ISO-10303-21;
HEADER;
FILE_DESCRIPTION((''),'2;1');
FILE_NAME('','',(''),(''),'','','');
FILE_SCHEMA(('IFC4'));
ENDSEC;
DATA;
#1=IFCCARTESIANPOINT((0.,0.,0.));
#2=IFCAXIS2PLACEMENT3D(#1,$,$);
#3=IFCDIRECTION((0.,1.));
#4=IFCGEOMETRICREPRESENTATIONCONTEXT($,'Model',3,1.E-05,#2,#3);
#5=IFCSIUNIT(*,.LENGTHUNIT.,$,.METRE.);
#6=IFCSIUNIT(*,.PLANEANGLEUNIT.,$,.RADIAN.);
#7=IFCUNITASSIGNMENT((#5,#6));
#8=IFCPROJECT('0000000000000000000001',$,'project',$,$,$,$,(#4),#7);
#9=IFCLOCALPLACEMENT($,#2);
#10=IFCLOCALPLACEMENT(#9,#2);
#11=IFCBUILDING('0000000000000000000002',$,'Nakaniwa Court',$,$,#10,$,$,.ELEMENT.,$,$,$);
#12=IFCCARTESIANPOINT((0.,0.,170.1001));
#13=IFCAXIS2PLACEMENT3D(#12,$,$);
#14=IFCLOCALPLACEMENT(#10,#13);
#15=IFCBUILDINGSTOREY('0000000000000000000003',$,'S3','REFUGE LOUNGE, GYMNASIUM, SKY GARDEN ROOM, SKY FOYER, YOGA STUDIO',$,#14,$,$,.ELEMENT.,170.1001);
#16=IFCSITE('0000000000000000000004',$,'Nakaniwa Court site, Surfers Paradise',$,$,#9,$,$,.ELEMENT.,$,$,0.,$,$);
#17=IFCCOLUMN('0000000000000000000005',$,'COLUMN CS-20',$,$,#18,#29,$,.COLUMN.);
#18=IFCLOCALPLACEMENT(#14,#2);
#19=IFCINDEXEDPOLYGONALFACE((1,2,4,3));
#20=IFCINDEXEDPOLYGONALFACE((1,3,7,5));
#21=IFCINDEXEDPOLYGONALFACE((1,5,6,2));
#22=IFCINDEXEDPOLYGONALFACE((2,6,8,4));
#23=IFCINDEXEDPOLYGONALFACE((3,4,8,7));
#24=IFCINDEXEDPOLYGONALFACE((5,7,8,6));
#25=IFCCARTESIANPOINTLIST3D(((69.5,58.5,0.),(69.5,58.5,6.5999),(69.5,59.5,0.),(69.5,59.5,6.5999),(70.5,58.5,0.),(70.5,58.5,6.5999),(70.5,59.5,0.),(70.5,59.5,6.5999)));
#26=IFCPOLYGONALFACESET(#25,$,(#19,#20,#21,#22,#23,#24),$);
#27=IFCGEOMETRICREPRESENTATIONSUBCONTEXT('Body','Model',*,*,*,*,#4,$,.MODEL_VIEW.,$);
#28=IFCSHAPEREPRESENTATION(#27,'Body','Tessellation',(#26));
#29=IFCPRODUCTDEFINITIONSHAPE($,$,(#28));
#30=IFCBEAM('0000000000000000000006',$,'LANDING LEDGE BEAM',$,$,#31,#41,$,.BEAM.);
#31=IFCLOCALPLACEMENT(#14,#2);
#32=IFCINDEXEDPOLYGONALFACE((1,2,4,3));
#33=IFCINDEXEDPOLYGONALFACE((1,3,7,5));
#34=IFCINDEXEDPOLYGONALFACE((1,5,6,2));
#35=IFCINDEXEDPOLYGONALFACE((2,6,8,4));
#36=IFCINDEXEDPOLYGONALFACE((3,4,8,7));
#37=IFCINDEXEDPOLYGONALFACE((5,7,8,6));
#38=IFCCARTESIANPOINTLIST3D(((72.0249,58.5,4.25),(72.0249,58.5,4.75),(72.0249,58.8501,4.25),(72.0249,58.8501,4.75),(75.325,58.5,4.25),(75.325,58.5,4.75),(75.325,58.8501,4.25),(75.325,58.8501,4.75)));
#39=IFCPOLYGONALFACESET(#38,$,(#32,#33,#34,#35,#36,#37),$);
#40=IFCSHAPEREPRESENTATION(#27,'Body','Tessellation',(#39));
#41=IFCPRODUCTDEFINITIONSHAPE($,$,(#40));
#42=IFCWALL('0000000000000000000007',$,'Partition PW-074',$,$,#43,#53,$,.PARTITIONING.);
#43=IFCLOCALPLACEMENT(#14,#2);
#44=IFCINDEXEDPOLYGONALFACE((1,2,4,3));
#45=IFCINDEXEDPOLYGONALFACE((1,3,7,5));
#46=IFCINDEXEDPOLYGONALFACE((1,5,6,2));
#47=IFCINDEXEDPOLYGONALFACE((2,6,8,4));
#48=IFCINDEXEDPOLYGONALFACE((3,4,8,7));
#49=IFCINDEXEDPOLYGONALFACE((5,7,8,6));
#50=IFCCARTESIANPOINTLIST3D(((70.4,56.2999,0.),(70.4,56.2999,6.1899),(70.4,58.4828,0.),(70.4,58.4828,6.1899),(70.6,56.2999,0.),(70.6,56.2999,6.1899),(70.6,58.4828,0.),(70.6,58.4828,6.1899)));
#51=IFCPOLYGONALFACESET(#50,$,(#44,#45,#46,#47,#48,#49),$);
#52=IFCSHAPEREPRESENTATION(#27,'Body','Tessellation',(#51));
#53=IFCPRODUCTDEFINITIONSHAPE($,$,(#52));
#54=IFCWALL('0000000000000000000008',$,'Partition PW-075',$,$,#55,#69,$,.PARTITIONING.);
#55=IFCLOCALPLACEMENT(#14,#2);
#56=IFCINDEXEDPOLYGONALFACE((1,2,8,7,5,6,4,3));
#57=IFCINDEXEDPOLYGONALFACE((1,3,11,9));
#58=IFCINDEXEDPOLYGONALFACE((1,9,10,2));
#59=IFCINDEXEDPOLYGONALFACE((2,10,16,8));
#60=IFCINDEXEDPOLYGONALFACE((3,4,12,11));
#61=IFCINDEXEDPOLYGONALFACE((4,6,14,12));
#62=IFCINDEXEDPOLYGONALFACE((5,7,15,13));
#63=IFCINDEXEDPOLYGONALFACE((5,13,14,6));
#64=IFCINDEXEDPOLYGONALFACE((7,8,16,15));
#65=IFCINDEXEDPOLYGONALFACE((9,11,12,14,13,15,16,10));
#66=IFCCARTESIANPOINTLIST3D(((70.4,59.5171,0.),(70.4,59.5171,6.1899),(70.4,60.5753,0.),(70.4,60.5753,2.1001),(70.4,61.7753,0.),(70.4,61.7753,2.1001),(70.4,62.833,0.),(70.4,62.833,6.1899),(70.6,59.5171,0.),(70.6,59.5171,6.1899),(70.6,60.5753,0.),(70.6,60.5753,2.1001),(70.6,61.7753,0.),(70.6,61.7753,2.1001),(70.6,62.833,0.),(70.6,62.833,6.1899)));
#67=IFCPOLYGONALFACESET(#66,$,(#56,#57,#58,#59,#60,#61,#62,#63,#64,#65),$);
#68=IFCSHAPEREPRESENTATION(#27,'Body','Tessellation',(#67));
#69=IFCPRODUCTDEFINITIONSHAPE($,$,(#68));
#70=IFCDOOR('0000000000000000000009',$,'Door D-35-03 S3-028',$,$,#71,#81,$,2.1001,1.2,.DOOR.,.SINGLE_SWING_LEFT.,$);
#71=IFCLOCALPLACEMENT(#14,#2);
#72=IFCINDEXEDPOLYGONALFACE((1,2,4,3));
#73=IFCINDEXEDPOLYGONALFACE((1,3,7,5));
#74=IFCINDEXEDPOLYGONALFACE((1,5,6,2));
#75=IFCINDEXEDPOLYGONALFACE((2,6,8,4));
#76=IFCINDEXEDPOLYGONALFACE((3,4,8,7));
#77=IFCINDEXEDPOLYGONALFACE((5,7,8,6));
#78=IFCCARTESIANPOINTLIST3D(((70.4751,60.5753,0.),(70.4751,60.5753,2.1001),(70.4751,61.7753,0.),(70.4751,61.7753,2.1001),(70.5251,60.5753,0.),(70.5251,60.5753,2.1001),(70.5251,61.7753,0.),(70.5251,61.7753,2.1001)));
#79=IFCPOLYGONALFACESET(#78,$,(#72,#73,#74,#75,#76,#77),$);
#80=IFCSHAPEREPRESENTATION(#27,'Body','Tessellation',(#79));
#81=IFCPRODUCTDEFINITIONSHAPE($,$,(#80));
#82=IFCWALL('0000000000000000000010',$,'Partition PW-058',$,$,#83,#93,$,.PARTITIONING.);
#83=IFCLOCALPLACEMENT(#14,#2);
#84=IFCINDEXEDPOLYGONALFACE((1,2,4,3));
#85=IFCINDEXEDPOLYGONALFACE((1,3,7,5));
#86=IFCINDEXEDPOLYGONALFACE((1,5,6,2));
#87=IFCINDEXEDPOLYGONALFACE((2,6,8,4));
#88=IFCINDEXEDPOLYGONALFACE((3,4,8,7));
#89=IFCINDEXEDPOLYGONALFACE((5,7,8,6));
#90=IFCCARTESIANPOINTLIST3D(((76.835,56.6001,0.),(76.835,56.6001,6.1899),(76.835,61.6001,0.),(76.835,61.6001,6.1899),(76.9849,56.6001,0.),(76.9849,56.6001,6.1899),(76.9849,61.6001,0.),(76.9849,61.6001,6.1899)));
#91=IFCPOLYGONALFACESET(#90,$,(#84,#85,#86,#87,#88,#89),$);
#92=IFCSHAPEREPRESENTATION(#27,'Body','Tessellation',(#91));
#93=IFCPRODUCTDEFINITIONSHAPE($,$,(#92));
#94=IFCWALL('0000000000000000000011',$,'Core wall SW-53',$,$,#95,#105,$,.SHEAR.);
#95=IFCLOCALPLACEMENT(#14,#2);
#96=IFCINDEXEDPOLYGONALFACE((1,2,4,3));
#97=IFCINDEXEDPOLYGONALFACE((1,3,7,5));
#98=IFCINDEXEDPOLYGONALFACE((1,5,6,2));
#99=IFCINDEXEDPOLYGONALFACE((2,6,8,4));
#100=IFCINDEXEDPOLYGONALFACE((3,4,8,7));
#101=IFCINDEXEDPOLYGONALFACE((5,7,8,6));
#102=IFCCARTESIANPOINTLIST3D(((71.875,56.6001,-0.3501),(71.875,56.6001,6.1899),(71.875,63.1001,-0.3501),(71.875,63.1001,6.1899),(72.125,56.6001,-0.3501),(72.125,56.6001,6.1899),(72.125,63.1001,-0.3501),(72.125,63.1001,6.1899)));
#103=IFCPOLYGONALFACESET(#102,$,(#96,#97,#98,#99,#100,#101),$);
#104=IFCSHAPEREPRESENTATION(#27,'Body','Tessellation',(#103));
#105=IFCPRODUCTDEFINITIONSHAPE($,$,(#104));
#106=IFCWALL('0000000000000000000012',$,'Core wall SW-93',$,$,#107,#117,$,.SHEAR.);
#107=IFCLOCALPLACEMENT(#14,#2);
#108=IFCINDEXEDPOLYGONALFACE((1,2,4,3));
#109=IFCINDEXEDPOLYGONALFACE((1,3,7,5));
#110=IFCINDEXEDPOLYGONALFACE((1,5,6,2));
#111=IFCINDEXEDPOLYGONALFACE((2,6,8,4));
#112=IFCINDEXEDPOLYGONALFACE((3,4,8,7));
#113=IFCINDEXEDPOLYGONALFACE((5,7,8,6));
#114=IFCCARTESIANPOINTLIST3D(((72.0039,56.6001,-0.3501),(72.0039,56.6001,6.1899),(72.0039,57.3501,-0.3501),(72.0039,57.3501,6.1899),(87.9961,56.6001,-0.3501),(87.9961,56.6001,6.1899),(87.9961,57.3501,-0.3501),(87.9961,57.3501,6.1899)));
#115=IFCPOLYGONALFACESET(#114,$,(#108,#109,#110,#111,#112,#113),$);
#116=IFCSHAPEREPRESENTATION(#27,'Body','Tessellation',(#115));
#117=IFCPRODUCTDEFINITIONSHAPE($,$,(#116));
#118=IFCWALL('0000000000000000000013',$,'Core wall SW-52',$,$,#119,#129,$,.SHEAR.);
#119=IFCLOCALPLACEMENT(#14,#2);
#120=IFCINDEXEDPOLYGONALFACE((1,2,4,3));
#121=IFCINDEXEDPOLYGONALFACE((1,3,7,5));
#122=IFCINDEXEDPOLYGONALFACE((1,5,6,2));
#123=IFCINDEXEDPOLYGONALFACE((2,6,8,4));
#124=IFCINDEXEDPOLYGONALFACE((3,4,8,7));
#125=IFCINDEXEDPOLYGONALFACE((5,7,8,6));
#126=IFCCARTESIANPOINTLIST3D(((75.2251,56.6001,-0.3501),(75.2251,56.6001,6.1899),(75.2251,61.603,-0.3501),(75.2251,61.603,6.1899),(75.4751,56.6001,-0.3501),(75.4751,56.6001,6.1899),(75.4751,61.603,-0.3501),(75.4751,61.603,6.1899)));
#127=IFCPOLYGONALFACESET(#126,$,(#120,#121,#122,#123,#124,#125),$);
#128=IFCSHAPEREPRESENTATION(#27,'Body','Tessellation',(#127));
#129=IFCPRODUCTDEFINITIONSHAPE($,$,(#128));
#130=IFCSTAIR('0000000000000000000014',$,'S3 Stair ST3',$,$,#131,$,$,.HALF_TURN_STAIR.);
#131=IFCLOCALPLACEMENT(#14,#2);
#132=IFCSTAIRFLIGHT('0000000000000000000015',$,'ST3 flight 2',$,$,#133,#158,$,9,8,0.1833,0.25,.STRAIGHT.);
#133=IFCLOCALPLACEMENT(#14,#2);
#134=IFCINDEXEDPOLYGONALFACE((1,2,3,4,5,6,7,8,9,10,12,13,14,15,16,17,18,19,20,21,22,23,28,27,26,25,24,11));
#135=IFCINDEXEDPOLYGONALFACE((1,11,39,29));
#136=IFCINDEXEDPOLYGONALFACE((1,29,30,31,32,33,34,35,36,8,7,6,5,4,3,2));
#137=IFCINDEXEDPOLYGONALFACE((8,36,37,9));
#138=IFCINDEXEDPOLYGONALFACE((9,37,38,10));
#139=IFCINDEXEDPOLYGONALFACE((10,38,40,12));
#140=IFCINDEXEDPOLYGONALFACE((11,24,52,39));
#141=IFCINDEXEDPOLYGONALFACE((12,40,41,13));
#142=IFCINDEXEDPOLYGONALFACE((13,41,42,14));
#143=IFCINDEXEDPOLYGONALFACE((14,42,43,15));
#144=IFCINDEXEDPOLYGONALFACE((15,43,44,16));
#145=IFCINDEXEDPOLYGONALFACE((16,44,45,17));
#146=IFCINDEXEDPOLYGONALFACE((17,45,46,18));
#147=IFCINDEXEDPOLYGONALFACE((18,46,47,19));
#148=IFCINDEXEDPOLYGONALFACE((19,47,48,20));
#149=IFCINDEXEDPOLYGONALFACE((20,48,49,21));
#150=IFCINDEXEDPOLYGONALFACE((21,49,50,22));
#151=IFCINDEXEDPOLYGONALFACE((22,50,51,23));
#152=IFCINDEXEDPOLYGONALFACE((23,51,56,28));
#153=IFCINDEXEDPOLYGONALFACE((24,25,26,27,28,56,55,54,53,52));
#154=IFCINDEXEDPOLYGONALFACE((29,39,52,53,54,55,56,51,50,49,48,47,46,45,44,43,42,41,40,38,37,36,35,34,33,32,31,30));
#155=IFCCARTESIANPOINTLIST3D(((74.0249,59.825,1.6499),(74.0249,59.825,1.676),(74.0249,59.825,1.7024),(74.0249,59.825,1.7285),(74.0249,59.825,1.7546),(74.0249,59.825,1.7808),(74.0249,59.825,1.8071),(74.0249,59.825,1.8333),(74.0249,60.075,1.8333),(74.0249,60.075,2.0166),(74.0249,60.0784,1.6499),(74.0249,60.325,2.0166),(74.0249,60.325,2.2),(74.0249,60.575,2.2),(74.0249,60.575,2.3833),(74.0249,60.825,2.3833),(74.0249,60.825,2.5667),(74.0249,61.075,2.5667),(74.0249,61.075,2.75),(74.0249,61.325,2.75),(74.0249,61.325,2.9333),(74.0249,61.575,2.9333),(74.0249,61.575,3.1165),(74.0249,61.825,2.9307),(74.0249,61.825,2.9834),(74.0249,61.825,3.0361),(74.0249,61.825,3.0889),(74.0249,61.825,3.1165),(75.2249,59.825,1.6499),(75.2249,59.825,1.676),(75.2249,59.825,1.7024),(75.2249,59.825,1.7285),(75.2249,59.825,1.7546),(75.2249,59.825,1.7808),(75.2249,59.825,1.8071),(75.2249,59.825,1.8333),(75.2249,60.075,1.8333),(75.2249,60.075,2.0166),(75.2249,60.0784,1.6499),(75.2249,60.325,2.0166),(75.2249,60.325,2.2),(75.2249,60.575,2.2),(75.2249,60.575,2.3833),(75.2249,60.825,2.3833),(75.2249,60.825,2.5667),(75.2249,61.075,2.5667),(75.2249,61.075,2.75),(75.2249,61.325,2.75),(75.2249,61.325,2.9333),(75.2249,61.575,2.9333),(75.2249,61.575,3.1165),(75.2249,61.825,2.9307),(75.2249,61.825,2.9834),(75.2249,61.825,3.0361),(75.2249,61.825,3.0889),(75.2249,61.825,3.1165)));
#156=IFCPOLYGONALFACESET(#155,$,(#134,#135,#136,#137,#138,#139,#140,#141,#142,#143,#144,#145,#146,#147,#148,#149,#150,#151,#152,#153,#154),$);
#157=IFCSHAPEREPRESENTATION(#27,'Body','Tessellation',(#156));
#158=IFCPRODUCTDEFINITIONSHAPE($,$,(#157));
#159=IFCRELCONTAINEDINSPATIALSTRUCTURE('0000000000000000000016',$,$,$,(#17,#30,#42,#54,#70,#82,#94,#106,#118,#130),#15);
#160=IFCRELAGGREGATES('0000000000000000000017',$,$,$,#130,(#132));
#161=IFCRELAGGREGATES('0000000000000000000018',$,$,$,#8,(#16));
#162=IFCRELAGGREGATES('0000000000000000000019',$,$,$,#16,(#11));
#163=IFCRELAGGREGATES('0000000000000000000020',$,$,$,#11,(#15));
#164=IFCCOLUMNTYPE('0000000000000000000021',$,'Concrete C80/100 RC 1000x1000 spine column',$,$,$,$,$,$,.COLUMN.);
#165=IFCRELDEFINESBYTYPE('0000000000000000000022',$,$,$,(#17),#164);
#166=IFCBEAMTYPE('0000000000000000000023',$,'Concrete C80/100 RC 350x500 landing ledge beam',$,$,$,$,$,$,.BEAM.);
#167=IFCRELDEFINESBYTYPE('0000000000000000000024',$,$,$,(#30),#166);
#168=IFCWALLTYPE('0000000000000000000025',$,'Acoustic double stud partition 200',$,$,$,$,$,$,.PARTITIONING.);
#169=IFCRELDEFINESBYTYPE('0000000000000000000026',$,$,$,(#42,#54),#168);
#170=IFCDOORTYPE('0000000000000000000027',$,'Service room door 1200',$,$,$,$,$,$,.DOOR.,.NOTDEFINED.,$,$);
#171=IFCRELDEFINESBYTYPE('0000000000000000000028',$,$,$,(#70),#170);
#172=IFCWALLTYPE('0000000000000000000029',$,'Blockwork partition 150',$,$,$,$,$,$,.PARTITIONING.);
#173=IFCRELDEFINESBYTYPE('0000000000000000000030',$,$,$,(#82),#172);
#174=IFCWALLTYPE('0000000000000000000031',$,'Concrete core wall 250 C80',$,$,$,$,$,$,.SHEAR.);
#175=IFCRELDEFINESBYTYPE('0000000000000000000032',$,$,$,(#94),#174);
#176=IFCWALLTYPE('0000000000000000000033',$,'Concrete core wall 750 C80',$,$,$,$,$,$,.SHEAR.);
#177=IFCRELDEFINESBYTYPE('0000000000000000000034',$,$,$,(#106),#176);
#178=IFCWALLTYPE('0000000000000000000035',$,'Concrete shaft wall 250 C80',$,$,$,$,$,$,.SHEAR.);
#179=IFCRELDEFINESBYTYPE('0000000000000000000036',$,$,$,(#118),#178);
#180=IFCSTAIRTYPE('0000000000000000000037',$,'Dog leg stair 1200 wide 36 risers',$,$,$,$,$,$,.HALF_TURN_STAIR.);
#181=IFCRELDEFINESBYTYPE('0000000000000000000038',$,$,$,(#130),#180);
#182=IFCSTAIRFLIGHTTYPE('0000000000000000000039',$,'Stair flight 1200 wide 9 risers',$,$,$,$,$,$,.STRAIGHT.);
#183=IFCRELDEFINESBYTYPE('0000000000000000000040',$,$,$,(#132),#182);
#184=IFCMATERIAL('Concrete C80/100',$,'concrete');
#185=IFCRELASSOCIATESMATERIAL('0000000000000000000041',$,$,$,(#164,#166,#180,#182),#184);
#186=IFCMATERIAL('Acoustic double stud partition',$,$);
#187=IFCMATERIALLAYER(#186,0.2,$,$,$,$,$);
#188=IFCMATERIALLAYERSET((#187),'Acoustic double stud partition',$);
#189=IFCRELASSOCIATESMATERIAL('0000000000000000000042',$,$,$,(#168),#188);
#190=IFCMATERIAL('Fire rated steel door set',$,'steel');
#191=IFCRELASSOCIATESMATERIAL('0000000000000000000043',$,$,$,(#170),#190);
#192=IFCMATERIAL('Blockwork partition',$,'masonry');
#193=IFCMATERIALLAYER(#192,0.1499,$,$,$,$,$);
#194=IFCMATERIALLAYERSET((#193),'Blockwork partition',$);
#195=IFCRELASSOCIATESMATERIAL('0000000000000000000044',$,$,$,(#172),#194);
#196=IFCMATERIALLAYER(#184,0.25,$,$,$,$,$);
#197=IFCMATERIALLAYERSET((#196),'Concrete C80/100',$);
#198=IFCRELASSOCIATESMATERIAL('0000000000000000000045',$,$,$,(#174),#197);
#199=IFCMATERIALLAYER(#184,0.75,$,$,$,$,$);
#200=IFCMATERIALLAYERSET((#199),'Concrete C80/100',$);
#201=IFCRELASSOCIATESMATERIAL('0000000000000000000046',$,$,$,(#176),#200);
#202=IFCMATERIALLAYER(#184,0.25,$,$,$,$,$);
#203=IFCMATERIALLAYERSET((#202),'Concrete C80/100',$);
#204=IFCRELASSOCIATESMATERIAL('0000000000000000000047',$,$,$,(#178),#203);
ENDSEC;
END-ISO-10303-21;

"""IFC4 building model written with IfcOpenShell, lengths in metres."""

from ifc_helpers import new_model, si_unit, direction, frame, frame_2d, origin, origin_2d, place, context, subcontext, project, spatial, polyline, rectangle, outline, extrude, material, layer, layer_set, material_profile, profile_set, type_object, element, fill, aggregate, save


model = new_model("IFC4")

# Units and contexts
model_context = context("Model", 3, precision=1e-05, world=origin(), true_north=direction((0.0, 1.0)))
body_context = subcontext(model_context, "Body", "Model", "MODEL_VIEW")
ifc_project = project(units=[si_unit("LENGTHUNIT", "METRE"), si_unit("PLANEANGLEUNIT", "RADIAN")], contexts=[model_context])

# Site, building, storey
site_placement = place(None, origin())
site = spatial("IfcSite", under=ifc_project, at=site_placement, Name="Nakaniwa Court site, Surfers Paradise", CompositionType="ELEMENT", RefElevation=0.0)
building_placement = place(site_placement, origin())
building = spatial("IfcBuilding", under=site, at=building_placement, Name="Nakaniwa Court", CompositionType="ELEMENT")
storey_placement = place(building_placement, frame((0.0, 0.0, 170.1001)))
storey = spatial("IfcBuildingStorey", under=building, at=storey_placement, Name="S3", Description="REFUGE LOUNGE, GYMNASIUM, SKY GARDEN ROOM, SKY FOYER, YOGA STUDIO", CompositionType="ELEMENT", Elevation=170.1001)

# Column
ifc_material_1 = material(Name="Concrete C80/100", Category="concrete")
ifc_material_profile_1 = material_profile(ifc_material_1, rectangle(XDim=1.0, YDim=1.0, at=origin_2d()), Name="Concrete C80/100 RC 1000x1000 spine column")
ifc_profile_set_1 = profile_set([ifc_material_profile_1], Name="Concrete C80/100")
column_type = type_object("IfcColumnType", Name="Concrete C80/100 RC 1000x1000 spine column", PredefinedType="COLUMN", material=ifc_profile_set_1)
column_placement = place(storey_placement, frame((70.0, 59.0, 0.0), z_axis=(0.0, 0.0, 1.0), x_axis=(0.0, -1.0, 0.0)))
element("IfcColumn", 1, at=column_placement, inside=storey, type_object=column_type, Name="COLUMN CS-20", PredefinedType="COLUMN", context=body_context, shape_type="SweptSolid", body=[
    extrude(rectangle(XDim=1.0, YDim=1.0, at=origin_2d()), origin(), (0.0, 0.0, 1.0), 6.5999),
])

# Beam
ifc_material_profile_2 = material_profile(ifc_material_1, rectangle(XDim=0.3501, YDim=0.5, at=origin_2d()), Name="Concrete C80/100 RC 350x500 landing ledge beam")
ifc_profile_set_2 = profile_set([ifc_material_profile_2], Name="Concrete C80/100")
beam_type = type_object("IfcBeamType", Name="Concrete C80/100 RC 350x500 landing ledge beam", PredefinedType="BEAM", material=ifc_profile_set_2)
beam_placement = place(storey_placement, frame((72.0249, 58.675, 4.5), z_axis=(1.0, 0.0, 0.0), x_axis=(0.0, 1.0, 0.0)))
element("IfcBeam", 2, at=beam_placement, inside=storey, type_object=beam_type, Name="LANDING LEDGE BEAM", PredefinedType="BEAM", context=body_context, shape_type="SweptSolid", body=[
    extrude(rectangle(XDim=0.3501, YDim=0.5, at=origin_2d()), origin(), (0.0, 0.0, 1.0), 3.3),
])

# Wall
ifc_material_2 = material(Name="Acoustic double stud partition")
ifc_layer_1 = layer(ifc_material_2, 0.2)
ifc_layer_set_1 = layer_set([ifc_layer_1], Name="Acoustic double stud partition")
wall_type_1 = type_object("IfcWallType", Name="Acoustic double stud partition 200", PredefinedType="PARTITIONING", material=ifc_layer_set_1)
wall_1_placement = place(storey_placement, frame((70.5, 56.3, 0.0), z_axis=(0.0, 0.0, 1.0), x_axis=(0.0, 1.0, 0.0)))
element("IfcWall", 3, at=wall_1_placement, inside=storey, type_object=wall_type_1, Name="Partition PW-074", PredefinedType="PARTITIONING", context=body_context, shape_type="SweptSolid", body=[
    extrude(rectangle(XDim=2.1829, YDim=0.2, at=frame_2d((1.0913, 0.0))), origin(), (0.0, 0.0, 1.0), 6.1899),
])

# Wall, opening, door
wall_2_placement = place(storey_placement, frame((70.5, 59.5171, 0.0), z_axis=(0.0, 0.0, 1.0), x_axis=(0.0, 1.0, 0.0)))
wall_2 = element("IfcWall", 4, at=wall_2_placement, inside=storey, type_object=wall_type_1, Name="Partition PW-075", PredefinedType="PARTITIONING", context=body_context, shape_type="SweptSolid", body=[
    extrude(rectangle(XDim=3.3159, YDim=0.2, at=frame_2d((1.658, 0.0))), origin(), (0.0, 0.0, 1.0), 6.1899),
])
opening_placement = place(wall_2_placement, frame((1.0581, 0.0, 0.0)))
opening = element("IfcOpeningElement", 5, at=opening_placement, cuts=wall_2, PredefinedType="OPENING", context=body_context, shape_type="SweptSolid", body=[
    extrude(rectangle(XDim=1.2, YDim=2.1001, at=frame_2d((0.6001, 1.05))), frame((0.0, 0.1099, 0.0), z_axis=(0.0, -1.0, 0.0), x_axis=(1.0, 0.0, 0.0)), (0.0, 0.0, 1.0), 0.22),
])
ifc_material_3 = material(Name="Fire rated steel door set", Category="steel")
door_type = type_object("IfcDoorType", Name="Service room door 1200", OperationType="NOTDEFINED", PredefinedType="DOOR", material=ifc_material_3)
door_placement = place(opening_placement, origin())
door = element("IfcDoor", 6, at=door_placement, inside=storey, type_object=door_type, Name="Door D-35-03 S3-028", OperationType="SINGLE_SWING_LEFT", OverallHeight=2.1001, OverallWidth=1.2, PredefinedType="DOOR", context=body_context, shape_type="SweptSolid", body=[
    extrude(rectangle(XDim=1.2, YDim=2.1001, at=frame_2d((0.6001, 1.05))), frame((0.0, 0.0249, 0.0), z_axis=(0.0, -1.0, 0.0), x_axis=(1.0, 0.0, 0.0)), (0.0, 0.0, 1.0), 0.05),
])
fill(opening, door)

# Walls
ifc_material_4 = material(Name="Blockwork partition", Category="masonry")
ifc_layer_2 = layer(ifc_material_4, 0.1499)
ifc_layer_set_2 = layer_set([ifc_layer_2], Name="Blockwork partition")
wall_type_2 = type_object("IfcWallType", Name="Blockwork partition 150", PredefinedType="PARTITIONING", material=ifc_layer_set_2)
wall_3_placement = place(storey_placement, frame((76.9099, 56.6001, 0.0), z_axis=(0.0, 0.0, 1.0), x_axis=(0.0, 1.0, 0.0)))
element("IfcWall", 7, at=wall_3_placement, inside=storey, type_object=wall_type_2, Name="Partition PW-058", PredefinedType="PARTITIONING", context=body_context, shape_type="SweptSolid", body=[
    extrude(rectangle(XDim=5.0, YDim=0.1499, at=frame_2d((2.5, 0.0))), origin(), (0.0, 0.0, 1.0), 6.1899),
])
ifc_layer_3 = layer(ifc_material_1, 0.25)
ifc_layer_set_3 = layer_set([ifc_layer_3], Name="Concrete C80/100")
wall_type_3 = type_object("IfcWallType", Name="Concrete core wall 250 C80", PredefinedType="SHEAR", material=ifc_layer_set_3)
wall_4_placement = place(storey_placement, frame((72.0, 56.6001, -0.3501), z_axis=(0.0, 0.0, 1.0), x_axis=(0.0, 1.0, 0.0)))
element("IfcWall", 8, at=wall_4_placement, inside=storey, type_object=wall_type_3, Name="Core wall SW-53", PredefinedType="SHEAR", context=body_context, shape_type="SweptSolid", body=[
    extrude(rectangle(XDim=6.5, YDim=0.25, at=frame_2d((3.25, 0.0))), origin(), (0.0, 0.0, 1.0), 6.54),
])
ifc_layer_4 = layer(ifc_material_1, 0.75)
ifc_layer_set_4 = layer_set([ifc_layer_4], Name="Concrete C80/100")
wall_type_4 = type_object("IfcWallType", Name="Concrete core wall 750 C80", PredefinedType="SHEAR", material=ifc_layer_set_4)
wall_5_placement = place(storey_placement, frame((72.0039, 56.9751, -0.3501), z_axis=(0.0, 0.0, 1.0), x_axis=(1.0, 0.0, 0.0)))
element("IfcWall", 9, at=wall_5_placement, inside=storey, type_object=wall_type_4, Name="Core wall SW-93", PredefinedType="SHEAR", context=body_context, shape_type="SweptSolid", body=[
    extrude(rectangle(XDim=15.9922, YDim=0.75, at=frame_2d((7.9961, 0.0))), origin(), (0.0, 0.0, 1.0), 6.54),
])
ifc_layer_5 = layer(ifc_material_1, 0.25)
ifc_layer_set_5 = layer_set([ifc_layer_5], Name="Concrete C80/100")
wall_type_5 = type_object("IfcWallType", Name="Concrete shaft wall 250 C80", PredefinedType="SHEAR", material=ifc_layer_set_5)
wall_6_placement = place(storey_placement, frame((75.3501, 56.6001, -0.3501), z_axis=(0.0, 0.0, 1.0), x_axis=(0.0, 1.0, 0.0)))
element("IfcWall", 10, at=wall_6_placement, inside=storey, type_object=wall_type_5, Name="Core wall SW-52", PredefinedType="SHEAR", context=body_context, shape_type="SweptSolid", body=[
    extrude(rectangle(XDim=5.0029, YDim=0.25, at=frame_2d((2.5015, 0.0))), origin(), (0.0, 0.0, 1.0), 6.54),
])

# Stair, stair flight
stair_type = type_object("IfcStairType", Name="Dog leg stair 1200 wide 36 risers", PredefinedType="HALF_TURN_STAIR", material=ifc_material_1)
stair_placement = place(storey_placement, origin())
stair = element("IfcStair", 11, at=stair_placement, inside=storey, type_object=stair_type, Name="S3 Stair ST3", PredefinedType="HALF_TURN_STAIR")
stair_flight_type = type_object("IfcStairFlightType", Name="Stair flight 1200 wide 9 risers", PredefinedType="STRAIGHT", material=ifc_material_1)
stair_flight_1_placement = place(storey_placement, frame((74.625, 59.825, 1.6499), z_axis=(0.0, 0.0, 1.0), x_axis=(0.0, 1.0, 0.0)))
stair_flight_1 = element("IfcStairFlight", 12, at=stair_flight_1_placement, type_object=stair_flight_type, Name="ST3 flight 2", NumberOfRisers=9, NumberOfTreads=8, PredefinedType="STRAIGHT", RiserHeight=0.1833, TreadLength=0.25, context=body_context, shape_type="SweptSolid", body=[
    extrude(outline(polyline([(0.0, 0.0), (0.0, 0.0261), (0.0, 0.0525), (0.0, 0.0786), (0.0, 0.1047), (0.0, 0.1309), (0.0, 0.1572), (0.0, 0.1833), (0.25, 0.1833), (0.25, 0.3667), (0.5, 0.3667), (0.5, 0.55), (0.75, 0.55), (0.75, 0.7334), (1.0, 0.7334), (1.0, 0.9167), (1.25, 0.9167), (1.25, 1.1001), (1.5, 1.1001), (1.5, 1.2834), (1.75, 1.2834), (1.75, 1.4666), (2.0, 1.4666), (2.0, 1.6499), (2.0, 1.5972), (2.0, 1.5444), (2.0, 1.4917), (2.0, 1.439), (2.0, 1.3862), (2.0, 1.3335), (2.0, 1.2808), (0.2534, 0.0), (0.0, 0.0)])), frame((0.0, 0.6001, 0.0), z_axis=(0.0, -1.0, 0.0), x_axis=(1.0, 0.0, 0.0)), (0.0, 0.0, 1.0), 1.2),
])
aggregate(stair, [stair_flight_1])

save(model, "model.ifc")
